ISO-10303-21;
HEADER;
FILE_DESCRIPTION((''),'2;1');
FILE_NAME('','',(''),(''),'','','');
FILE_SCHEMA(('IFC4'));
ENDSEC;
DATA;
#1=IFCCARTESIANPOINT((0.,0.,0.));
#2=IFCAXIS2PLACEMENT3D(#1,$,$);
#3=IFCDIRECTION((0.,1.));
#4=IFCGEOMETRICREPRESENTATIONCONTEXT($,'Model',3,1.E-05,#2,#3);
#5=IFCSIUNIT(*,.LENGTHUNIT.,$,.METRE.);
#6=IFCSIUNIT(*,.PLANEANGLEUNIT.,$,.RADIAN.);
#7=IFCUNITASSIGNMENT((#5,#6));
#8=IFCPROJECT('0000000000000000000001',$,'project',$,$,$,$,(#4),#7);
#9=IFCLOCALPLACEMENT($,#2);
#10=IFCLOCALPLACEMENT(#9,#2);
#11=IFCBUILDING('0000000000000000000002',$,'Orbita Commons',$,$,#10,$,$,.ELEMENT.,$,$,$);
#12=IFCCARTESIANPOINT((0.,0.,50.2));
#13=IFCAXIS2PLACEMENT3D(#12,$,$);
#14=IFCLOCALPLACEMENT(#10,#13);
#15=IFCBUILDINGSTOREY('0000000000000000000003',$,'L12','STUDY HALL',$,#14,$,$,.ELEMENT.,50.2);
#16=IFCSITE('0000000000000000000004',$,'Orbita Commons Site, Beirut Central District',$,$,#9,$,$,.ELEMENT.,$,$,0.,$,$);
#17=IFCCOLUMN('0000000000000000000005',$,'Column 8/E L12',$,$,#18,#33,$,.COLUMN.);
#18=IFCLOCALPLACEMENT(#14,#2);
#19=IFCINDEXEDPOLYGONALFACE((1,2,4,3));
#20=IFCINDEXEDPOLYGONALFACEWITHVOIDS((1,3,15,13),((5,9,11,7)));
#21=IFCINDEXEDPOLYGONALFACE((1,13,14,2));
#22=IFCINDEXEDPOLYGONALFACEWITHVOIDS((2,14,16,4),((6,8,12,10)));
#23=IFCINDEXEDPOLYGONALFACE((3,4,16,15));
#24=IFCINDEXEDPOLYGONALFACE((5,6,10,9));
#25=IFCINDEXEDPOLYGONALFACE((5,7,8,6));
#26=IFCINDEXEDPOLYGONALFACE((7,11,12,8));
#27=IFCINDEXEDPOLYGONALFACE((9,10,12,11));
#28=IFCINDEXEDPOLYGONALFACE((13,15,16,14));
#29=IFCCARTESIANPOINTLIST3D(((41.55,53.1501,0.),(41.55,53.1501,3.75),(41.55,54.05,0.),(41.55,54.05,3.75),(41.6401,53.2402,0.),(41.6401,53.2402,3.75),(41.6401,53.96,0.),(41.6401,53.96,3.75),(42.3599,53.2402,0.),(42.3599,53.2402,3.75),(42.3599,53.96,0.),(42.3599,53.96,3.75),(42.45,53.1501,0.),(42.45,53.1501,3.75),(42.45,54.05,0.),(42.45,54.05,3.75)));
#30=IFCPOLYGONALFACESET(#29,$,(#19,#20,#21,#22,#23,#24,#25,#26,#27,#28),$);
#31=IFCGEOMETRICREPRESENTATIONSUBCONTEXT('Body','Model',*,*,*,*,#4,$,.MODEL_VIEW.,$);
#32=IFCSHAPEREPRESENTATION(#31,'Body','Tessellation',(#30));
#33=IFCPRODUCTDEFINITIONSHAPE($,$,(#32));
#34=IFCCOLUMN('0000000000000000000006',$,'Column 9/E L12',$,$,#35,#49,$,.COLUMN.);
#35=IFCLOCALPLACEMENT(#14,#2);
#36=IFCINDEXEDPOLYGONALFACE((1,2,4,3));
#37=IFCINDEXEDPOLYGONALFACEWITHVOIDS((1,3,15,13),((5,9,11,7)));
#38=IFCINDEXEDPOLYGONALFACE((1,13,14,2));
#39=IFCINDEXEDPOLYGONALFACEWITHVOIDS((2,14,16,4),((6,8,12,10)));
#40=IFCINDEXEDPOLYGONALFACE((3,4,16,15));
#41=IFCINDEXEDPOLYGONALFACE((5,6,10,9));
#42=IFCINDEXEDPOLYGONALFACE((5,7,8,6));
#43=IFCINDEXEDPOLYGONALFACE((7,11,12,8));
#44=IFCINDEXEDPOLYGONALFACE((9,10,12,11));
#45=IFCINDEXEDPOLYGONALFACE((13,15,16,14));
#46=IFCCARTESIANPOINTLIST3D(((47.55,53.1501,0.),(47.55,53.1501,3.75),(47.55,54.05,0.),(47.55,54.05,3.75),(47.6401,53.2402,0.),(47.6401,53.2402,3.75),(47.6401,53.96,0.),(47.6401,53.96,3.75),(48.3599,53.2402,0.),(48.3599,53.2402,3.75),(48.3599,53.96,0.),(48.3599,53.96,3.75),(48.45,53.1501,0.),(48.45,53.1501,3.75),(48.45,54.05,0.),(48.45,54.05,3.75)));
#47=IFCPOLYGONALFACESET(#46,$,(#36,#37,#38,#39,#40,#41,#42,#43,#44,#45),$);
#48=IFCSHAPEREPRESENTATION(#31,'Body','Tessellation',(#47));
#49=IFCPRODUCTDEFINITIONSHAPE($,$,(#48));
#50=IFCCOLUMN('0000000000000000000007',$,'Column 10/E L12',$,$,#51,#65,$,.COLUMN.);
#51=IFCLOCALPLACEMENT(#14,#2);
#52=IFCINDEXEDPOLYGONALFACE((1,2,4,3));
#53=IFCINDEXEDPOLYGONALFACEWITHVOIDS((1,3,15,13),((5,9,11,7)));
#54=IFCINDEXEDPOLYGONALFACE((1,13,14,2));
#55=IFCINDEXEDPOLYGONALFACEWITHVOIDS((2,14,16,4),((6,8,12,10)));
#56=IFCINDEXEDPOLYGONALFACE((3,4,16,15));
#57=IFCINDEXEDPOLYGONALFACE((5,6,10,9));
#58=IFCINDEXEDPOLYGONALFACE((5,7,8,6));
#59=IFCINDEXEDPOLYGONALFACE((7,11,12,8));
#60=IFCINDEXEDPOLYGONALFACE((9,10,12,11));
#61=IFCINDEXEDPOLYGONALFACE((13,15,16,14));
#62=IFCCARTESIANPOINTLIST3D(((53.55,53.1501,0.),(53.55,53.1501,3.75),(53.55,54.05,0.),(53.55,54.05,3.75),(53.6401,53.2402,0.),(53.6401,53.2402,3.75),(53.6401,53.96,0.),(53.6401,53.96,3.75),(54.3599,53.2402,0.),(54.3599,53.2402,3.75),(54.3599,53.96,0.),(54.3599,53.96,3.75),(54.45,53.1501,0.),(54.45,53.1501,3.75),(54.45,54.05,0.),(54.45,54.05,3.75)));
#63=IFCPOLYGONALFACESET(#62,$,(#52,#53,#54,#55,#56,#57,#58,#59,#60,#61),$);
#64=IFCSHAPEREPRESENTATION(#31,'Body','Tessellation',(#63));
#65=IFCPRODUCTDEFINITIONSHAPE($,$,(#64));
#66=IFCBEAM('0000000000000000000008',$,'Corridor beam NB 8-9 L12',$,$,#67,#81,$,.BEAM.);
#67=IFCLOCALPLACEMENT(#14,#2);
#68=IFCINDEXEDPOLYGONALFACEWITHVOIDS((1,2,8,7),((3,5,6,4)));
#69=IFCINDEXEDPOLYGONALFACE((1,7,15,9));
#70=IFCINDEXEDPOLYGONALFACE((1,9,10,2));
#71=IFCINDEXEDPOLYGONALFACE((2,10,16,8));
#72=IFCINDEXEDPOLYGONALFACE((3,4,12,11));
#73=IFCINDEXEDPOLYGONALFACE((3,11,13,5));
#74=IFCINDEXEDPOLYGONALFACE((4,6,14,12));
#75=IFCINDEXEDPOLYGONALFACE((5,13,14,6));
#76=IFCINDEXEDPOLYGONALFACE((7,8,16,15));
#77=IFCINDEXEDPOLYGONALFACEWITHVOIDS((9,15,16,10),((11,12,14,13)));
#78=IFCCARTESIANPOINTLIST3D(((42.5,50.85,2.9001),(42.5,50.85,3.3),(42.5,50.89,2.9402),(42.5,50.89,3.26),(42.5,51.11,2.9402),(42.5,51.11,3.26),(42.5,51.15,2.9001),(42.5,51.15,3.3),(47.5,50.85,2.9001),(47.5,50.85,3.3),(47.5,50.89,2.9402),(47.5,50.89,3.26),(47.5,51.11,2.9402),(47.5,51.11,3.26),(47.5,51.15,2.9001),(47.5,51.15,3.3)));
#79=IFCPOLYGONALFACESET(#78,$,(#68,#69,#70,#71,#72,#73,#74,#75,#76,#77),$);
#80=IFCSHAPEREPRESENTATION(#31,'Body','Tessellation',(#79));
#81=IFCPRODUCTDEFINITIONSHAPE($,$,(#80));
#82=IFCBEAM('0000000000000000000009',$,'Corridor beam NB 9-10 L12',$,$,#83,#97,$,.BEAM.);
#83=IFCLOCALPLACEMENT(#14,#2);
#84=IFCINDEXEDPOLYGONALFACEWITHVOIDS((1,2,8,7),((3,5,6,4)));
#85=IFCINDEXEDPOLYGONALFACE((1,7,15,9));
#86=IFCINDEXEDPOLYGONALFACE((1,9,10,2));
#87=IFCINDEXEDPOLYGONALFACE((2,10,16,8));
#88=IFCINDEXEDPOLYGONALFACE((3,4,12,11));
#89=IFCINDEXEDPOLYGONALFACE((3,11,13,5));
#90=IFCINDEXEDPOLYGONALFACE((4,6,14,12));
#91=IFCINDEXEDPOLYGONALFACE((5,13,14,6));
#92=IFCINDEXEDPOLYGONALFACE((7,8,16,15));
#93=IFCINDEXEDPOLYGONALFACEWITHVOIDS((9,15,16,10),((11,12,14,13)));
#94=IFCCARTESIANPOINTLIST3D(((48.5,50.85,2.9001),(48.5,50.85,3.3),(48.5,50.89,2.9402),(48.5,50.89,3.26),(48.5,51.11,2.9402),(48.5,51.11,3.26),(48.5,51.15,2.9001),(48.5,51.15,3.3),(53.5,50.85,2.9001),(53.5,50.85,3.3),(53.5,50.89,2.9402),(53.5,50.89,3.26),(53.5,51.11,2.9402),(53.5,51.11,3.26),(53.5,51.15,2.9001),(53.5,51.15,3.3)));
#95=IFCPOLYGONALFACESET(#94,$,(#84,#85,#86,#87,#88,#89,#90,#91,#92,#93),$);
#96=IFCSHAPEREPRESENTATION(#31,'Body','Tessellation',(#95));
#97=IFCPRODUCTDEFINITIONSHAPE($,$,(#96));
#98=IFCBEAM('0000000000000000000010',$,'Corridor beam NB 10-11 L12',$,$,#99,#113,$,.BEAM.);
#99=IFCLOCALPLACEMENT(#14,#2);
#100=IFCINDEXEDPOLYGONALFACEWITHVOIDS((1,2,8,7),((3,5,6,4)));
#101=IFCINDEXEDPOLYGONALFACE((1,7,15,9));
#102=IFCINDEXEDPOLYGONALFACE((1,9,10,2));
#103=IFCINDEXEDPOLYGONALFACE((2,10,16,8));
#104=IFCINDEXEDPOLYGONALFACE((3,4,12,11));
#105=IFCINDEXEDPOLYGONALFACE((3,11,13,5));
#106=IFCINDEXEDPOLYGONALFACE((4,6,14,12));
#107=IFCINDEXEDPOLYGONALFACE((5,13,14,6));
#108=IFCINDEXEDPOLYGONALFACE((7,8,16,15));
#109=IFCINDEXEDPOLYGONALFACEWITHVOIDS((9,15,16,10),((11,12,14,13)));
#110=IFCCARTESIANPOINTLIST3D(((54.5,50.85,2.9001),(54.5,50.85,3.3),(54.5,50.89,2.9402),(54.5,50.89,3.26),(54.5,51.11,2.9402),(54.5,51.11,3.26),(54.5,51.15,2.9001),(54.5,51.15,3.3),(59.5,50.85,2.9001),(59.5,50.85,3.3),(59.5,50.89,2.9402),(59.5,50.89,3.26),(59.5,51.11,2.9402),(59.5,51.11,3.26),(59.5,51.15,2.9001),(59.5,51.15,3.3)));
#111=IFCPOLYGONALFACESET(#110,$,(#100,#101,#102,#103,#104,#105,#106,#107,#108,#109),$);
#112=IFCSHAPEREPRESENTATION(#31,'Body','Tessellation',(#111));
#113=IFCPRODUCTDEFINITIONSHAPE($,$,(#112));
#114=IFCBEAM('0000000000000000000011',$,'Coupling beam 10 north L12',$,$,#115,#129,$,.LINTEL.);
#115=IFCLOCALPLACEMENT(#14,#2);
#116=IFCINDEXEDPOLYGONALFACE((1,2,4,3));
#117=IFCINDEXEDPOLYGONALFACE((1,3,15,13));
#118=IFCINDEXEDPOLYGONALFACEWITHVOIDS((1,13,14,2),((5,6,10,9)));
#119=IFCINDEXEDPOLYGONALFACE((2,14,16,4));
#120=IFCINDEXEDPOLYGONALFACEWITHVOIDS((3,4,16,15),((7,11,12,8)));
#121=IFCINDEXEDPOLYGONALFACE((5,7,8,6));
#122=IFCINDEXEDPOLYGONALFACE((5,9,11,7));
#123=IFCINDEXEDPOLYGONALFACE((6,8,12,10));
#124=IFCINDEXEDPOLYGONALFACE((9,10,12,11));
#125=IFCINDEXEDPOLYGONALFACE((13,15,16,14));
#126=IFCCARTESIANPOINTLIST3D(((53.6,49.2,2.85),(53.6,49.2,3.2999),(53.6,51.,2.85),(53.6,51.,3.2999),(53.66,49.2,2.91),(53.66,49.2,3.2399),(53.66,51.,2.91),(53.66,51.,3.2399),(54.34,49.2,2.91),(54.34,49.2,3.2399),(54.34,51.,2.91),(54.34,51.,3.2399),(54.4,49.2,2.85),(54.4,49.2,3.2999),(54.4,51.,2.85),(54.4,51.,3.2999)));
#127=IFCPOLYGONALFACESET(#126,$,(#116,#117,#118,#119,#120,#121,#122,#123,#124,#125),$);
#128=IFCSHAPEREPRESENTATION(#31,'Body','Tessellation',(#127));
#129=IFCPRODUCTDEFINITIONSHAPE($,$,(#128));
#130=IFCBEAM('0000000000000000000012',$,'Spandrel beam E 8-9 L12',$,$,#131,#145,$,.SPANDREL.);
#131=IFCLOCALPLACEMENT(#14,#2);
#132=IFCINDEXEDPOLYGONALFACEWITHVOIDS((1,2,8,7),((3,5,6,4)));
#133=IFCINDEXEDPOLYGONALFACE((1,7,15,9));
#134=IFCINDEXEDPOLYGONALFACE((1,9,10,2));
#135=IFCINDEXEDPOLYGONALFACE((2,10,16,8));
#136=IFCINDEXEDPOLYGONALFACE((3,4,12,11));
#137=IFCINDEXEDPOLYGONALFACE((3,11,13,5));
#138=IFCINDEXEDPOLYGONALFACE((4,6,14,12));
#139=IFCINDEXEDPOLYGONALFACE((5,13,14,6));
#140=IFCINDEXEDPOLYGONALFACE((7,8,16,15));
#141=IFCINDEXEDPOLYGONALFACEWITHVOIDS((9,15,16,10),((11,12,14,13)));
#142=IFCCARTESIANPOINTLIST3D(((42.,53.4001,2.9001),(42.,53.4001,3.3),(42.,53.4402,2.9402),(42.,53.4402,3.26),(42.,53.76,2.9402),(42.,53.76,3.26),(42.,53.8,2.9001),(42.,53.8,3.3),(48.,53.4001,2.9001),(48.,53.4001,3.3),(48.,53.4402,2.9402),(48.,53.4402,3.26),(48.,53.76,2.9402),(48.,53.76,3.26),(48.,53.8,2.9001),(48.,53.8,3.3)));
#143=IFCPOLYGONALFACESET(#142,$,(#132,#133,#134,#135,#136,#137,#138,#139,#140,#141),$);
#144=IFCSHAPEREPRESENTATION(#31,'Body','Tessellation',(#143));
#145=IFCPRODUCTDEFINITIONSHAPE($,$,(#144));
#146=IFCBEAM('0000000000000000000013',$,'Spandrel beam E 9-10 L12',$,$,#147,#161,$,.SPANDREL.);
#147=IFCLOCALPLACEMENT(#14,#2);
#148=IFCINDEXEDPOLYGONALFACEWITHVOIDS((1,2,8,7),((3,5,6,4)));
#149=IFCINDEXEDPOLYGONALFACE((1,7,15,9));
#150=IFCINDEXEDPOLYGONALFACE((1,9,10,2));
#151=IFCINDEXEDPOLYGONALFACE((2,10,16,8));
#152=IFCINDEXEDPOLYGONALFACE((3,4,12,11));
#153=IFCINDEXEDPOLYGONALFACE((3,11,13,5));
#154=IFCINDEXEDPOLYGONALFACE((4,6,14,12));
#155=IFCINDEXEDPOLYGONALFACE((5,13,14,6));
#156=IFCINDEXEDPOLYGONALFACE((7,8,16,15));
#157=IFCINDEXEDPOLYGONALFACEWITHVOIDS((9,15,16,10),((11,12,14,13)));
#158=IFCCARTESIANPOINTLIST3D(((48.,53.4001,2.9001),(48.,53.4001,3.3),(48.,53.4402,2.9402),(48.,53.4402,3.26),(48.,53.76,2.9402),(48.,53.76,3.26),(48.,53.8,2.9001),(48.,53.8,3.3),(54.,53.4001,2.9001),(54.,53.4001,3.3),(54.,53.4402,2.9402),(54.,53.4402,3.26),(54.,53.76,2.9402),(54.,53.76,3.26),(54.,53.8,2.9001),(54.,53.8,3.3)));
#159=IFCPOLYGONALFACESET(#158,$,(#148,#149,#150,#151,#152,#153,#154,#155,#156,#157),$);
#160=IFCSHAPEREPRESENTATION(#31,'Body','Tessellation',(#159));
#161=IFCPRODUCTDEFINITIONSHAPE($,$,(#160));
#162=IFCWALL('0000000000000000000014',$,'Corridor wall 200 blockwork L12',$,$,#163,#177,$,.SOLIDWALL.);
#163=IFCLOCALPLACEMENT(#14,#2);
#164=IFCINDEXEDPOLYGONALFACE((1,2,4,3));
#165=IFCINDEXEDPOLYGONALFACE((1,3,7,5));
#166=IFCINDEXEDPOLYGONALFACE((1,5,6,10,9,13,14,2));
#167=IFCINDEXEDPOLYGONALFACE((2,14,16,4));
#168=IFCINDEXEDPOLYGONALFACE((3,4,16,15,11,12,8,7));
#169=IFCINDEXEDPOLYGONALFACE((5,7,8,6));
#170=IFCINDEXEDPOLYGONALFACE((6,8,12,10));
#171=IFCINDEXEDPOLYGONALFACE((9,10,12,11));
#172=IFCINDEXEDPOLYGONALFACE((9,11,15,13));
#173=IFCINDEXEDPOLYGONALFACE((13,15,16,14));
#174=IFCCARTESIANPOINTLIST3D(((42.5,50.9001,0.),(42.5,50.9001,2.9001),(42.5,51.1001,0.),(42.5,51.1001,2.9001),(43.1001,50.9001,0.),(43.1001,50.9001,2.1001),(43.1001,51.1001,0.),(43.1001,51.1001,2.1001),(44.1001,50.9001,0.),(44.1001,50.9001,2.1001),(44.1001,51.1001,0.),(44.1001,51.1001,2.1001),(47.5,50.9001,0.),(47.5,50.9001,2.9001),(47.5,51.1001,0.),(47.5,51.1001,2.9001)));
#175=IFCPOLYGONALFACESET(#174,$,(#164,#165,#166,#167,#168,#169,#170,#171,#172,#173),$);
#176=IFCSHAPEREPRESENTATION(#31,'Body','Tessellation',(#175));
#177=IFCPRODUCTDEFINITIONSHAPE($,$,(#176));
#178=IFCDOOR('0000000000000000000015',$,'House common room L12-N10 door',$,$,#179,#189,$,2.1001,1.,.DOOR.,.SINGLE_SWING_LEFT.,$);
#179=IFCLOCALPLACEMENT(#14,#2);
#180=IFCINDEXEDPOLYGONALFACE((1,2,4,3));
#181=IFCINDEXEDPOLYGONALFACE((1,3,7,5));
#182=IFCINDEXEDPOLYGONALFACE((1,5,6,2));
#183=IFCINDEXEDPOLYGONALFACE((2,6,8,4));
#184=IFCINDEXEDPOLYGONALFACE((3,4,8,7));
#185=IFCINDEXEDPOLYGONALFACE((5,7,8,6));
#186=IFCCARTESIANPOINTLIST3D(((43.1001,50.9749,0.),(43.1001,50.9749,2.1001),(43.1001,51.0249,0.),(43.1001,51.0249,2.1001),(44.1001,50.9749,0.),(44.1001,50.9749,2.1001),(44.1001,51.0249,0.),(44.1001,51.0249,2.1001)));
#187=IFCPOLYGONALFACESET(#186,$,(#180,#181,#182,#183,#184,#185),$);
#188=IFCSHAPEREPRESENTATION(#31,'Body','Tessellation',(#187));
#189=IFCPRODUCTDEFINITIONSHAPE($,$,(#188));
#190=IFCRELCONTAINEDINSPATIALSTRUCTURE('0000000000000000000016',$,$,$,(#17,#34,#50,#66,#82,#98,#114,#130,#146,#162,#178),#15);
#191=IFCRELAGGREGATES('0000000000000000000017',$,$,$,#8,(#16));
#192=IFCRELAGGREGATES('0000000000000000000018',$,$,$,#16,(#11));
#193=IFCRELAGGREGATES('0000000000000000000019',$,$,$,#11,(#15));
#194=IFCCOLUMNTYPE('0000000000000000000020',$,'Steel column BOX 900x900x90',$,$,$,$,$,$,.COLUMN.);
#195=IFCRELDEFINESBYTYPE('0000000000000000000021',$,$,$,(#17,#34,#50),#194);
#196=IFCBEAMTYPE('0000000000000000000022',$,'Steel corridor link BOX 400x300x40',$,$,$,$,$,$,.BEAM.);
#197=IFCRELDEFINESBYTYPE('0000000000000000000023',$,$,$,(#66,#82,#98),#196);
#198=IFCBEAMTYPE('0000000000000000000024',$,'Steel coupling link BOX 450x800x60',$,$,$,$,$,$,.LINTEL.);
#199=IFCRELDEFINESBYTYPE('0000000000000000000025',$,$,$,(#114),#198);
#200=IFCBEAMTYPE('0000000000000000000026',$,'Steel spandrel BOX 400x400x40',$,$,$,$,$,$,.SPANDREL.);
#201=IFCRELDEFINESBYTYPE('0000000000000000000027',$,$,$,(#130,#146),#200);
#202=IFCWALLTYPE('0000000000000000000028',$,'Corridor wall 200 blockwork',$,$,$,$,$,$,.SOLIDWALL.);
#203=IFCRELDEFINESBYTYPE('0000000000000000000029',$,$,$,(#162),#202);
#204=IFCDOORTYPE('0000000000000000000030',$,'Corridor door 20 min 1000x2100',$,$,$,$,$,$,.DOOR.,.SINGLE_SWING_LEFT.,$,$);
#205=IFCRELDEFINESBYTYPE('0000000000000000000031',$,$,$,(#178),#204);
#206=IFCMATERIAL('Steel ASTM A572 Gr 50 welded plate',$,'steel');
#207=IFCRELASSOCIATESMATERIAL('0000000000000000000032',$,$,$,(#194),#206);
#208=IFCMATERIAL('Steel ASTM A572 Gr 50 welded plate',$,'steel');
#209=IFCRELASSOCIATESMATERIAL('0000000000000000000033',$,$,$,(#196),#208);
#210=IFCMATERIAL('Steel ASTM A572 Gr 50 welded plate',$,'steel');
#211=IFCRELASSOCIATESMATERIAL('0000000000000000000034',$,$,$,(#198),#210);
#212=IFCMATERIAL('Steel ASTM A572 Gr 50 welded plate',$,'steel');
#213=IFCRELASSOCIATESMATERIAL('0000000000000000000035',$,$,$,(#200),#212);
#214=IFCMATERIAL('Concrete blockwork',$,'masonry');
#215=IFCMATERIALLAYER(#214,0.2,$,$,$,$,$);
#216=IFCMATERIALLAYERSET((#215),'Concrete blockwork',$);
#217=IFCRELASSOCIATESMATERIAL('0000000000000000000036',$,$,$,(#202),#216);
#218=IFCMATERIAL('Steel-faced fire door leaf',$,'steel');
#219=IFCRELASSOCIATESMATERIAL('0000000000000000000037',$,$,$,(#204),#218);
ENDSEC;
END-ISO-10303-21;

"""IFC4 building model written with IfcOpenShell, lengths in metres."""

from ifc_helpers import new_model, si_unit, direction, frame, frame_2d, origin, origin_2d, place, context, subcontext, project, spatial, polyline, rectangle, hollow_rectangle, outline, extrude, material, layer, layer_set, material_profile, profile_set, type_object, element, fill, save


model = new_model("IFC4")

# Units and contexts
model_context = context("Model", 3, precision=1e-05, world=origin(), true_north=direction((0.0, 1.0)))
body_context = subcontext(model_context, "Body", "Model", "MODEL_VIEW")
ifc_project = project(units=[si_unit("LENGTHUNIT", "METRE"), si_unit("PLANEANGLEUNIT", "RADIAN")], contexts=[model_context])

# Site, building, storey
site_placement = place(None, origin())
site = spatial("IfcSite", under=ifc_project, at=site_placement, Name="Orbita Commons Site, Beirut Central District", CompositionType="ELEMENT", RefElevation=0.0)
building_placement = place(site_placement, origin())
building = spatial("IfcBuilding", under=site, at=building_placement, Name="Orbita Commons", CompositionType="ELEMENT")
storey_placement = place(building_placement, frame((0.0, 0.0, 50.2)))
storey = spatial("IfcBuildingStorey", under=building, at=storey_placement, Name="L12", Description="STUDY HALL", CompositionType="ELEMENT", Elevation=50.2)

# Columns
ifc_material_1 = material(Name="Steel ASTM A572 Gr 50 welded plate", Category="steel")
ifc_material_profile_1 = material_profile(ifc_material_1, hollow_rectangle(XDim=0.8999, YDim=0.8999, WallThickness=0.0901, at=origin_2d()), Name="BOX 900x900x90")
ifc_profile_set_1 = profile_set([ifc_material_profile_1], Name="Steel ASTM A572 Gr 50 welded plate")
column_type = type_object("IfcColumnType", Name="Steel column BOX 900x900x90", PredefinedType="COLUMN", material=ifc_profile_set_1)
for number, where, z_axis, x_axis, name in (
    (1, (42.0, 53.6001, 0.0), (0.0, 0.0, 1.0), (1.0, 0.0, 0.0), "Column 8/E L12"),
    (2, (48.0, 53.6001, 0.0), (0.0, 0.0, 1.0), (1.0, 0.0, 0.0), "Column 9/E L12"),
    (3, (54.0, 53.6001, 0.0), (0.0, 0.0, 1.0), (1.0, 0.0, 0.0), "Column 10/E L12"),
):
    element("IfcColumn", number, at=place(storey_placement, frame(where, z_axis=z_axis, x_axis=x_axis)), inside=storey, type_object=column_type, Name=name, PredefinedType="COLUMN", context=body_context, shape_type="SweptSolid", body=[
        extrude(hollow_rectangle(XDim=0.8999, YDim=0.8999, WallThickness=0.0901, at=origin_2d()), origin(), (0.0, 0.0, 1.0), 3.75),
    ])

# Beams
ifc_material_2 = material(Name="Steel ASTM A572 Gr 50 welded plate", Category="steel")
ifc_material_profile_2 = material_profile(ifc_material_2, hollow_rectangle(XDim=0.3, YDim=0.3999, WallThickness=0.04, at=origin_2d()), Name="BOX 400x300x40")
ifc_profile_set_2 = profile_set([ifc_material_profile_2], Name="Steel ASTM A572 Gr 50 welded plate")
beam_type_1 = type_object("IfcBeamType", Name="Steel corridor link BOX 400x300x40", PredefinedType="BEAM", material=ifc_profile_set_2)
for number, where, z_axis, x_axis, name in (
    (4, (42.5, 51.0, 3.1001), (1.0, 0.0, 0.0), (0.0, 1.0, 0.0), "Corridor beam NB 8-9 L12"),
    (5, (48.5, 51.0, 3.1001), (1.0, 0.0, 0.0), (0.0, 1.0, 0.0), "Corridor beam NB 9-10 L12"),
    (6, (54.5, 51.0, 3.1001), (1.0, 0.0, 0.0), (0.0, 1.0, 0.0), "Corridor beam NB 10-11 L12"),
):
    element("IfcBeam", number, at=place(storey_placement, frame(where, z_axis=z_axis, x_axis=x_axis)), inside=storey, type_object=beam_type_1, Name=name, PredefinedType="BEAM", context=body_context, shape_type="SweptSolid", body=[
        extrude(hollow_rectangle(XDim=0.3, YDim=0.3999, WallThickness=0.04, at=origin_2d()), origin(), (0.0, 0.0, 1.0), 5.0),
    ])
ifc_material_3 = material(Name="Steel ASTM A572 Gr 50 welded plate", Category="steel")
ifc_material_profile_3 = material_profile(ifc_material_3, hollow_rectangle(XDim=0.8, YDim=0.45, WallThickness=0.0601, at=origin_2d()), Name="BOX 450x800x60")
ifc_profile_set_3 = profile_set([ifc_material_profile_3], Name="Steel ASTM A572 Gr 50 welded plate")
beam_type_2 = type_object("IfcBeamType", Name="Steel coupling link BOX 450x800x60", PredefinedType="LINTEL", material=ifc_profile_set_3)
beam_placement = place(storey_placement, frame((54.0, 49.2, 3.075), z_axis=(0.0, 1.0, 0.0), x_axis=(-1.0, 0.0, 0.0)))
element("IfcBeam", 7, at=beam_placement, inside=storey, type_object=beam_type_2, Name="Coupling beam 10 north L12", PredefinedType="LINTEL", context=body_context, shape_type="SweptSolid", body=[
    extrude(hollow_rectangle(XDim=0.8, YDim=0.45, WallThickness=0.0601, at=origin_2d()), origin(), (0.0, 0.0, 1.0), 1.8),
])
ifc_material_4 = material(Name="Steel ASTM A572 Gr 50 welded plate", Category="steel")
ifc_material_profile_4 = material_profile(ifc_material_4, hollow_rectangle(XDim=0.3999, YDim=0.3999, WallThickness=0.04, at=origin_2d()), Name="BOX 400x400x40")
ifc_profile_set_4 = profile_set([ifc_material_profile_4], Name="Steel ASTM A572 Gr 50 welded plate")
beam_type_3 = type_object("IfcBeamType", Name="Steel spandrel BOX 400x400x40", PredefinedType="SPANDREL", material=ifc_profile_set_4)
for number, where, z_axis, x_axis, name in (
    (8, (42.0, 53.6001, 3.1001), (1.0, 0.0, 0.0), (0.0, 1.0, 0.0), "Spandrel beam E 8-9 L12"),
    (9, (48.0, 53.6001, 3.1001), (1.0, 0.0, 0.0), (0.0, 1.0, 0.0), "Spandrel beam E 9-10 L12"),
):
    element("IfcBeam", number, at=place(storey_placement, frame(where, z_axis=z_axis, x_axis=x_axis)), inside=storey, type_object=beam_type_3, Name=name, PredefinedType="SPANDREL", context=body_context, shape_type="SweptSolid", body=[
        extrude(hollow_rectangle(XDim=0.3999, YDim=0.3999, WallThickness=0.04, at=origin_2d()), origin(), (0.0, 0.0, 1.0), 6.0),
    ])

# Wall, opening, door
ifc_material_5 = material(Name="Concrete blockwork", Category="masonry")
ifc_layer_1 = layer(ifc_material_5, 0.2)
ifc_layer_set_1 = layer_set([ifc_layer_1], Name="Concrete blockwork")
wall_type_1 = type_object("IfcWallType", Name="Corridor wall 200 blockwork", PredefinedType="SOLIDWALL", material=ifc_layer_set_1)
wall_1_placement = place(storey_placement, frame((42.5, 51.0, 0.0), z_axis=(0.0, 0.0, 1.0), x_axis=(1.0, 0.0, 0.0)))
wall_1 = element("IfcWall", 10, at=wall_1_placement, inside=storey, type_object=wall_type_1, Name="Corridor wall 200 blockwork L12", PredefinedType="SOLIDWALL", context=body_context, shape_type="SweptSolid", body=[
    extrude(outline(polyline([(0.0, 0.0), (5.0, 0.0), (5.0, 2.9001), (0.0, 2.9001), (0.0, 0.0)])), frame((0.0, 0.1001, 0.0), z_axis=(0.0, -1.0, 0.0), x_axis=(1.0, 0.0, 0.0)), (0.0, 0.0, 1.0), 0.2),
])
opening_1_placement = place(wall_1_placement, frame((0.6001, 0.0, 0.0)))
opening_1 = element("IfcOpeningElement", 11, at=opening_1_placement, cuts=wall_1, PredefinedType="OPENING", context=body_context, shape_type="SweptSolid", body=[
    extrude(rectangle(XDim=1.0, YDim=2.1001, at=frame_2d((0.5, 1.05))), frame((0.0, 0.1099, 0.0), z_axis=(0.0, -1.0, 0.0), x_axis=(1.0, 0.0, 0.0)), (0.0, 0.0, 1.0), 0.22),
])
ifc_material_6 = material(Name="Steel-faced fire door leaf", Category="steel")
door_type_1 = type_object("IfcDoorType", Name="Corridor door 20 min 1000x2100", OperationType="SINGLE_SWING_LEFT", PredefinedType="DOOR", material=ifc_material_6)
door_1_placement = place(opening_1_placement, origin())
door_1 = element("IfcDoor", 12, at=door_1_placement, inside=storey, type_object=door_type_1, Name="House common room L12-N10 door", OperationType="SINGLE_SWING_LEFT", OverallHeight=2.1001, OverallWidth=1.0, PredefinedType="DOOR", context=body_context, shape_type="SweptSolid", body=[
    extrude(rectangle(XDim=1.0, YDim=2.1001, at=frame_2d((0.5, 1.05))), frame((0.0, 0.0249, 0.0), z_axis=(0.0, -1.0, 0.0), x_axis=(1.0, 0.0, 0.0)), (0.0, 0.0, 1.0), 0.05),
])
fill(opening_1, door_1)

save(model, "model.ifc")
